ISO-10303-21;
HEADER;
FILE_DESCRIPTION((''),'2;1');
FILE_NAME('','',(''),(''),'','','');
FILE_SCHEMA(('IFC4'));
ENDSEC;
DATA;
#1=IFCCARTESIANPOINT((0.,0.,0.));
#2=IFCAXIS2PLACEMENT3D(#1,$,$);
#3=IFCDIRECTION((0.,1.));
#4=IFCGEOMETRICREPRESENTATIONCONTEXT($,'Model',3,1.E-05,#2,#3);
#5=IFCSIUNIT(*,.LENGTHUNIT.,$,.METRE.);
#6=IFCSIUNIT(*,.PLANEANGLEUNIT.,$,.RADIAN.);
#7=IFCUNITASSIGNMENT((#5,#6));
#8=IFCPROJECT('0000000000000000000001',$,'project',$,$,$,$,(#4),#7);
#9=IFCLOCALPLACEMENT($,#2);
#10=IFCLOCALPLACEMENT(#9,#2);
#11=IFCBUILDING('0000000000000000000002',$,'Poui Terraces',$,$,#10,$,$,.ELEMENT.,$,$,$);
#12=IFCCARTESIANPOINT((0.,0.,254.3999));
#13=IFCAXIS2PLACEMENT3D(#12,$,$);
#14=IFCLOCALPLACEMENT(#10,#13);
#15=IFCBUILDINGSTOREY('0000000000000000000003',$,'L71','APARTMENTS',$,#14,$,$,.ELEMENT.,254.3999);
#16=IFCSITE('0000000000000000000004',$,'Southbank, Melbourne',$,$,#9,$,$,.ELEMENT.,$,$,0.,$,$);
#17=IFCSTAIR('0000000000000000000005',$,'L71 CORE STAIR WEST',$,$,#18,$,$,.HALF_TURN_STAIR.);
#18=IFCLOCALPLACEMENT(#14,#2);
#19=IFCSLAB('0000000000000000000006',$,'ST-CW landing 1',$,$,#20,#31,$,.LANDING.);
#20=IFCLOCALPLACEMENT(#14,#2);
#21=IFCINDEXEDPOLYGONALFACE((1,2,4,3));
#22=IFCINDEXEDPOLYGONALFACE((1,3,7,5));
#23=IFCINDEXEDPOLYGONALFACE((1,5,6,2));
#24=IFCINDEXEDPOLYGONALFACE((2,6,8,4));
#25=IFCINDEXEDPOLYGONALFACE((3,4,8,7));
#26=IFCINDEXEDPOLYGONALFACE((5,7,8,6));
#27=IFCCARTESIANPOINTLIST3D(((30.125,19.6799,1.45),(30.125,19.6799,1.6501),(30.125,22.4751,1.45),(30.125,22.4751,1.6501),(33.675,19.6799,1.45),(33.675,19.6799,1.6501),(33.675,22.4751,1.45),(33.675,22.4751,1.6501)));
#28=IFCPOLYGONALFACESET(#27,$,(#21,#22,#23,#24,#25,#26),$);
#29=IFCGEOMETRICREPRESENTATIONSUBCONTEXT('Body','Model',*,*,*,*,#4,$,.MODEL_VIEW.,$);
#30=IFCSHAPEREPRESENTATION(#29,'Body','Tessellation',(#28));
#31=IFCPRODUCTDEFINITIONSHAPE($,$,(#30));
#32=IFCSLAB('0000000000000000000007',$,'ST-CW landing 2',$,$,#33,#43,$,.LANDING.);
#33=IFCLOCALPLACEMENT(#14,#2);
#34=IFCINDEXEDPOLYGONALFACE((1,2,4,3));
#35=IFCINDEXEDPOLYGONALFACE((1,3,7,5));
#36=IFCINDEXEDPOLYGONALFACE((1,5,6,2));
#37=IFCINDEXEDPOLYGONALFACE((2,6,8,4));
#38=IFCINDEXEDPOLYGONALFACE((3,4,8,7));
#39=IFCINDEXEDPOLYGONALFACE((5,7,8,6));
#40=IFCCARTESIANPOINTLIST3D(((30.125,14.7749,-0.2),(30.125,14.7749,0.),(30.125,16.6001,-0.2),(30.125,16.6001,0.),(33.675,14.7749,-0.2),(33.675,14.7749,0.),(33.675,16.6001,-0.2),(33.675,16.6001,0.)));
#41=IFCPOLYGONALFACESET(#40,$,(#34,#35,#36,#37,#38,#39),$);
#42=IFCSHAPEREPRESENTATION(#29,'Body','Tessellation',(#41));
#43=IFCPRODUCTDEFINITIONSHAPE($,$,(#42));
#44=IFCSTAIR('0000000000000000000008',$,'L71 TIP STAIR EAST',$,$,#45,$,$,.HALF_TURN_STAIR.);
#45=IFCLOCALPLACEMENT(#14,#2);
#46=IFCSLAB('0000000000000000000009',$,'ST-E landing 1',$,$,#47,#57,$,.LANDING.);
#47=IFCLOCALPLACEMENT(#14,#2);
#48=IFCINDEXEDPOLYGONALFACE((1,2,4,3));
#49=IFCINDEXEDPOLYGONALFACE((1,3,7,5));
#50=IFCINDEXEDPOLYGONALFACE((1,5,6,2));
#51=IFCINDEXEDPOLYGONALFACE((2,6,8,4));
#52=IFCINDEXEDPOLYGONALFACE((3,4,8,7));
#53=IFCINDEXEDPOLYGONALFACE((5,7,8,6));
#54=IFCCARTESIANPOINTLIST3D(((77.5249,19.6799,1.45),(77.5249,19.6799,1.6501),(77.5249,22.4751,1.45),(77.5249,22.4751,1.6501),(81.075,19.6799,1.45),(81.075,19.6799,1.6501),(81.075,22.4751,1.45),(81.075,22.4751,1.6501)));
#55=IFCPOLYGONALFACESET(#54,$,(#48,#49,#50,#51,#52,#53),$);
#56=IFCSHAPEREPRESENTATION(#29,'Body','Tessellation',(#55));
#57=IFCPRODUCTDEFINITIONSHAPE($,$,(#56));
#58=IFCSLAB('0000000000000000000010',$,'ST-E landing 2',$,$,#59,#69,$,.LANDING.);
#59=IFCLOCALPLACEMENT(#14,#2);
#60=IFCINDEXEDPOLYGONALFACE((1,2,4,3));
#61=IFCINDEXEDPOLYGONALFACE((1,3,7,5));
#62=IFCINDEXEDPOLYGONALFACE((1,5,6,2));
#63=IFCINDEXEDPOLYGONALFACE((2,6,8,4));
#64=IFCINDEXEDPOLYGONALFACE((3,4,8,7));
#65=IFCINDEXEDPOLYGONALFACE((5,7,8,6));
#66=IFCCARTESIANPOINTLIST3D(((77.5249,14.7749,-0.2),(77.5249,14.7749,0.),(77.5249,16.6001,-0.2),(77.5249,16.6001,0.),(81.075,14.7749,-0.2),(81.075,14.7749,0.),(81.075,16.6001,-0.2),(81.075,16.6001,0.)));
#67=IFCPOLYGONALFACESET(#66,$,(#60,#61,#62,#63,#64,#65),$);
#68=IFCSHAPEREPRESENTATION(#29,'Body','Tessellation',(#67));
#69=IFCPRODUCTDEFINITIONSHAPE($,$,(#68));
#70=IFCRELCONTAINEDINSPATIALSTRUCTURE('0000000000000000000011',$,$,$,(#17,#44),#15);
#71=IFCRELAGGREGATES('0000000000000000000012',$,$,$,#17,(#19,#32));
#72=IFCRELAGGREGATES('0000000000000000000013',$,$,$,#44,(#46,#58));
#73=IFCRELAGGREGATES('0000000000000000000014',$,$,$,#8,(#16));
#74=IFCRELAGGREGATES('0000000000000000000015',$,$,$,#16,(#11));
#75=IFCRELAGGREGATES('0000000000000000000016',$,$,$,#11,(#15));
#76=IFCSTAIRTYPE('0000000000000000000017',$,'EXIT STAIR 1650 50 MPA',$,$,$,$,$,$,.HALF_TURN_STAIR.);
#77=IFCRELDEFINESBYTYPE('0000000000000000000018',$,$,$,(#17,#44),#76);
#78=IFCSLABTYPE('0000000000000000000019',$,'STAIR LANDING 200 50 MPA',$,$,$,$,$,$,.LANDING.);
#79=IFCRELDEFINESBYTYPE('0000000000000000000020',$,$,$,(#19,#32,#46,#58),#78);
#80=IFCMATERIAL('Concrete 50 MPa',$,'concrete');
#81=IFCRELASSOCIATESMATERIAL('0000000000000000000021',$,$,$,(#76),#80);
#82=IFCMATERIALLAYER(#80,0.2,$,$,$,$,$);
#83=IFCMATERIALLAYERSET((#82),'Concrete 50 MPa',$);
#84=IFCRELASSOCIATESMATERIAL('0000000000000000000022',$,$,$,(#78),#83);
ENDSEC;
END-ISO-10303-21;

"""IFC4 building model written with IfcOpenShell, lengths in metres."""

from ifc_helpers import new_model, si_unit, direction, frame, origin, place, context, subcontext, project, spatial, polyline, outline, extrude, material, layer, layer_set, type_object, element, aggregate, save


model = new_model("IFC4")

# Units and contexts
model_context = context("Model", 3, precision=1e-05, world=origin(), true_north=direction((0.0, 1.0)))
body_context = subcontext(model_context, "Body", "Model", "MODEL_VIEW")
ifc_project = project(units=[si_unit("LENGTHUNIT", "METRE"), si_unit("PLANEANGLEUNIT", "RADIAN")], contexts=[model_context])

# Site, building, storey
site_placement = place(None, origin())
site = spatial("IfcSite", under=ifc_project, at=site_placement, Name="Southbank, Melbourne", CompositionType="ELEMENT", RefElevation=0.0)
building_placement = place(site_placement, origin())
building = spatial("IfcBuilding", under=site, at=building_placement, Name="Poui Terraces", CompositionType="ELEMENT")
storey_placement = place(building_placement, frame((0.0, 0.0, 254.3999)))
storey = spatial("IfcBuildingStorey", under=building, at=storey_placement, Name="L71", Description="APARTMENTS", CompositionType="ELEMENT", Elevation=254.3999)

# Stairs, slabs
ifc_material = material(Name="Concrete 50 MPa", Category="concrete")
stair_type = type_object("IfcStairType", Name="EXIT STAIR 1650 50 MPA", PredefinedType="HALF_TURN_STAIR", material=ifc_material)
stair_1_placement = place(storey_placement, origin())
stair_1 = element("IfcStair", 1, at=stair_1_placement, inside=storey, type_object=stair_type, Name="L71 CORE STAIR WEST", PredefinedType="HALF_TURN_STAIR")
ifc_layer = layer(ifc_material, 0.2)
ifc_layer_set = layer_set([ifc_layer], Name="Concrete 50 MPa")
slab_type = type_object("IfcSlabType", Name="STAIR LANDING 200 50 MPA", PredefinedType="LANDING", material=ifc_layer_set)
slab_1_placement = place(storey_placement, frame((0.0, 0.0, 1.45)))
slab_1 = element("IfcSlab", 2, at=slab_1_placement, type_object=slab_type, Name="ST-CW landing 1", PredefinedType="LANDING", context=body_context, shape_type="SweptSolid", body=[
    extrude(outline(polyline([(30.125, 19.6799), (33.675, 19.6799), (33.675, 22.4751), (30.125, 22.4751), (30.125, 19.6799)])), origin(), (0.0, 0.0, 1.0), 0.2002),
])
slab_2_placement = place(storey_placement, frame((0.0, 0.0, -0.2)))
slab_2 = element("IfcSlab", 3, at=slab_2_placement, type_object=slab_type, Name="ST-CW landing 2", PredefinedType="LANDING", context=body_context, shape_type="SweptSolid", body=[
    extrude(outline(polyline([(30.125, 14.7749), (33.675, 14.7749), (33.675, 16.6001), (30.125, 16.6001), (30.125, 14.7749)])), origin(), (0.0, 0.0, 1.0), 0.2),
])
aggregate(stair_1, [slab_1, slab_2])
stair_2_placement = place(storey_placement, origin())
stair_2 = element("IfcStair", 4, at=stair_2_placement, inside=storey, type_object=stair_type, Name="L71 TIP STAIR EAST", PredefinedType="HALF_TURN_STAIR")
slab_3_placement = place(storey_placement, frame((0.0, 0.0, 1.45)))
slab_3 = element("IfcSlab", 5, at=slab_3_placement, type_object=slab_type, Name="ST-E landing 1", PredefinedType="LANDING", context=body_context, shape_type="SweptSolid", body=[
    extrude(outline(polyline([(77.5249, 19.6799), (81.075, 19.6799), (81.075, 22.4751), (77.5249, 22.4751), (77.5249, 19.6799)])), origin(), (0.0, 0.0, 1.0), 0.2002),
])
slab_4_placement = place(storey_placement, frame((0.0, 0.0, -0.2)))
slab_4 = element("IfcSlab", 6, at=slab_4_placement, type_object=slab_type, Name="ST-E landing 2", PredefinedType="LANDING", context=body_context, shape_type="SweptSolid", body=[
    extrude(outline(polyline([(77.5249, 14.7749), (81.075, 14.7749), (81.075, 16.6001), (77.5249, 16.6001), (77.5249, 14.7749)])), origin(), (0.0, 0.0, 1.0), 0.2),
])
aggregate(stair_2, [slab_3, slab_4])

save(model, "model.ifc")
